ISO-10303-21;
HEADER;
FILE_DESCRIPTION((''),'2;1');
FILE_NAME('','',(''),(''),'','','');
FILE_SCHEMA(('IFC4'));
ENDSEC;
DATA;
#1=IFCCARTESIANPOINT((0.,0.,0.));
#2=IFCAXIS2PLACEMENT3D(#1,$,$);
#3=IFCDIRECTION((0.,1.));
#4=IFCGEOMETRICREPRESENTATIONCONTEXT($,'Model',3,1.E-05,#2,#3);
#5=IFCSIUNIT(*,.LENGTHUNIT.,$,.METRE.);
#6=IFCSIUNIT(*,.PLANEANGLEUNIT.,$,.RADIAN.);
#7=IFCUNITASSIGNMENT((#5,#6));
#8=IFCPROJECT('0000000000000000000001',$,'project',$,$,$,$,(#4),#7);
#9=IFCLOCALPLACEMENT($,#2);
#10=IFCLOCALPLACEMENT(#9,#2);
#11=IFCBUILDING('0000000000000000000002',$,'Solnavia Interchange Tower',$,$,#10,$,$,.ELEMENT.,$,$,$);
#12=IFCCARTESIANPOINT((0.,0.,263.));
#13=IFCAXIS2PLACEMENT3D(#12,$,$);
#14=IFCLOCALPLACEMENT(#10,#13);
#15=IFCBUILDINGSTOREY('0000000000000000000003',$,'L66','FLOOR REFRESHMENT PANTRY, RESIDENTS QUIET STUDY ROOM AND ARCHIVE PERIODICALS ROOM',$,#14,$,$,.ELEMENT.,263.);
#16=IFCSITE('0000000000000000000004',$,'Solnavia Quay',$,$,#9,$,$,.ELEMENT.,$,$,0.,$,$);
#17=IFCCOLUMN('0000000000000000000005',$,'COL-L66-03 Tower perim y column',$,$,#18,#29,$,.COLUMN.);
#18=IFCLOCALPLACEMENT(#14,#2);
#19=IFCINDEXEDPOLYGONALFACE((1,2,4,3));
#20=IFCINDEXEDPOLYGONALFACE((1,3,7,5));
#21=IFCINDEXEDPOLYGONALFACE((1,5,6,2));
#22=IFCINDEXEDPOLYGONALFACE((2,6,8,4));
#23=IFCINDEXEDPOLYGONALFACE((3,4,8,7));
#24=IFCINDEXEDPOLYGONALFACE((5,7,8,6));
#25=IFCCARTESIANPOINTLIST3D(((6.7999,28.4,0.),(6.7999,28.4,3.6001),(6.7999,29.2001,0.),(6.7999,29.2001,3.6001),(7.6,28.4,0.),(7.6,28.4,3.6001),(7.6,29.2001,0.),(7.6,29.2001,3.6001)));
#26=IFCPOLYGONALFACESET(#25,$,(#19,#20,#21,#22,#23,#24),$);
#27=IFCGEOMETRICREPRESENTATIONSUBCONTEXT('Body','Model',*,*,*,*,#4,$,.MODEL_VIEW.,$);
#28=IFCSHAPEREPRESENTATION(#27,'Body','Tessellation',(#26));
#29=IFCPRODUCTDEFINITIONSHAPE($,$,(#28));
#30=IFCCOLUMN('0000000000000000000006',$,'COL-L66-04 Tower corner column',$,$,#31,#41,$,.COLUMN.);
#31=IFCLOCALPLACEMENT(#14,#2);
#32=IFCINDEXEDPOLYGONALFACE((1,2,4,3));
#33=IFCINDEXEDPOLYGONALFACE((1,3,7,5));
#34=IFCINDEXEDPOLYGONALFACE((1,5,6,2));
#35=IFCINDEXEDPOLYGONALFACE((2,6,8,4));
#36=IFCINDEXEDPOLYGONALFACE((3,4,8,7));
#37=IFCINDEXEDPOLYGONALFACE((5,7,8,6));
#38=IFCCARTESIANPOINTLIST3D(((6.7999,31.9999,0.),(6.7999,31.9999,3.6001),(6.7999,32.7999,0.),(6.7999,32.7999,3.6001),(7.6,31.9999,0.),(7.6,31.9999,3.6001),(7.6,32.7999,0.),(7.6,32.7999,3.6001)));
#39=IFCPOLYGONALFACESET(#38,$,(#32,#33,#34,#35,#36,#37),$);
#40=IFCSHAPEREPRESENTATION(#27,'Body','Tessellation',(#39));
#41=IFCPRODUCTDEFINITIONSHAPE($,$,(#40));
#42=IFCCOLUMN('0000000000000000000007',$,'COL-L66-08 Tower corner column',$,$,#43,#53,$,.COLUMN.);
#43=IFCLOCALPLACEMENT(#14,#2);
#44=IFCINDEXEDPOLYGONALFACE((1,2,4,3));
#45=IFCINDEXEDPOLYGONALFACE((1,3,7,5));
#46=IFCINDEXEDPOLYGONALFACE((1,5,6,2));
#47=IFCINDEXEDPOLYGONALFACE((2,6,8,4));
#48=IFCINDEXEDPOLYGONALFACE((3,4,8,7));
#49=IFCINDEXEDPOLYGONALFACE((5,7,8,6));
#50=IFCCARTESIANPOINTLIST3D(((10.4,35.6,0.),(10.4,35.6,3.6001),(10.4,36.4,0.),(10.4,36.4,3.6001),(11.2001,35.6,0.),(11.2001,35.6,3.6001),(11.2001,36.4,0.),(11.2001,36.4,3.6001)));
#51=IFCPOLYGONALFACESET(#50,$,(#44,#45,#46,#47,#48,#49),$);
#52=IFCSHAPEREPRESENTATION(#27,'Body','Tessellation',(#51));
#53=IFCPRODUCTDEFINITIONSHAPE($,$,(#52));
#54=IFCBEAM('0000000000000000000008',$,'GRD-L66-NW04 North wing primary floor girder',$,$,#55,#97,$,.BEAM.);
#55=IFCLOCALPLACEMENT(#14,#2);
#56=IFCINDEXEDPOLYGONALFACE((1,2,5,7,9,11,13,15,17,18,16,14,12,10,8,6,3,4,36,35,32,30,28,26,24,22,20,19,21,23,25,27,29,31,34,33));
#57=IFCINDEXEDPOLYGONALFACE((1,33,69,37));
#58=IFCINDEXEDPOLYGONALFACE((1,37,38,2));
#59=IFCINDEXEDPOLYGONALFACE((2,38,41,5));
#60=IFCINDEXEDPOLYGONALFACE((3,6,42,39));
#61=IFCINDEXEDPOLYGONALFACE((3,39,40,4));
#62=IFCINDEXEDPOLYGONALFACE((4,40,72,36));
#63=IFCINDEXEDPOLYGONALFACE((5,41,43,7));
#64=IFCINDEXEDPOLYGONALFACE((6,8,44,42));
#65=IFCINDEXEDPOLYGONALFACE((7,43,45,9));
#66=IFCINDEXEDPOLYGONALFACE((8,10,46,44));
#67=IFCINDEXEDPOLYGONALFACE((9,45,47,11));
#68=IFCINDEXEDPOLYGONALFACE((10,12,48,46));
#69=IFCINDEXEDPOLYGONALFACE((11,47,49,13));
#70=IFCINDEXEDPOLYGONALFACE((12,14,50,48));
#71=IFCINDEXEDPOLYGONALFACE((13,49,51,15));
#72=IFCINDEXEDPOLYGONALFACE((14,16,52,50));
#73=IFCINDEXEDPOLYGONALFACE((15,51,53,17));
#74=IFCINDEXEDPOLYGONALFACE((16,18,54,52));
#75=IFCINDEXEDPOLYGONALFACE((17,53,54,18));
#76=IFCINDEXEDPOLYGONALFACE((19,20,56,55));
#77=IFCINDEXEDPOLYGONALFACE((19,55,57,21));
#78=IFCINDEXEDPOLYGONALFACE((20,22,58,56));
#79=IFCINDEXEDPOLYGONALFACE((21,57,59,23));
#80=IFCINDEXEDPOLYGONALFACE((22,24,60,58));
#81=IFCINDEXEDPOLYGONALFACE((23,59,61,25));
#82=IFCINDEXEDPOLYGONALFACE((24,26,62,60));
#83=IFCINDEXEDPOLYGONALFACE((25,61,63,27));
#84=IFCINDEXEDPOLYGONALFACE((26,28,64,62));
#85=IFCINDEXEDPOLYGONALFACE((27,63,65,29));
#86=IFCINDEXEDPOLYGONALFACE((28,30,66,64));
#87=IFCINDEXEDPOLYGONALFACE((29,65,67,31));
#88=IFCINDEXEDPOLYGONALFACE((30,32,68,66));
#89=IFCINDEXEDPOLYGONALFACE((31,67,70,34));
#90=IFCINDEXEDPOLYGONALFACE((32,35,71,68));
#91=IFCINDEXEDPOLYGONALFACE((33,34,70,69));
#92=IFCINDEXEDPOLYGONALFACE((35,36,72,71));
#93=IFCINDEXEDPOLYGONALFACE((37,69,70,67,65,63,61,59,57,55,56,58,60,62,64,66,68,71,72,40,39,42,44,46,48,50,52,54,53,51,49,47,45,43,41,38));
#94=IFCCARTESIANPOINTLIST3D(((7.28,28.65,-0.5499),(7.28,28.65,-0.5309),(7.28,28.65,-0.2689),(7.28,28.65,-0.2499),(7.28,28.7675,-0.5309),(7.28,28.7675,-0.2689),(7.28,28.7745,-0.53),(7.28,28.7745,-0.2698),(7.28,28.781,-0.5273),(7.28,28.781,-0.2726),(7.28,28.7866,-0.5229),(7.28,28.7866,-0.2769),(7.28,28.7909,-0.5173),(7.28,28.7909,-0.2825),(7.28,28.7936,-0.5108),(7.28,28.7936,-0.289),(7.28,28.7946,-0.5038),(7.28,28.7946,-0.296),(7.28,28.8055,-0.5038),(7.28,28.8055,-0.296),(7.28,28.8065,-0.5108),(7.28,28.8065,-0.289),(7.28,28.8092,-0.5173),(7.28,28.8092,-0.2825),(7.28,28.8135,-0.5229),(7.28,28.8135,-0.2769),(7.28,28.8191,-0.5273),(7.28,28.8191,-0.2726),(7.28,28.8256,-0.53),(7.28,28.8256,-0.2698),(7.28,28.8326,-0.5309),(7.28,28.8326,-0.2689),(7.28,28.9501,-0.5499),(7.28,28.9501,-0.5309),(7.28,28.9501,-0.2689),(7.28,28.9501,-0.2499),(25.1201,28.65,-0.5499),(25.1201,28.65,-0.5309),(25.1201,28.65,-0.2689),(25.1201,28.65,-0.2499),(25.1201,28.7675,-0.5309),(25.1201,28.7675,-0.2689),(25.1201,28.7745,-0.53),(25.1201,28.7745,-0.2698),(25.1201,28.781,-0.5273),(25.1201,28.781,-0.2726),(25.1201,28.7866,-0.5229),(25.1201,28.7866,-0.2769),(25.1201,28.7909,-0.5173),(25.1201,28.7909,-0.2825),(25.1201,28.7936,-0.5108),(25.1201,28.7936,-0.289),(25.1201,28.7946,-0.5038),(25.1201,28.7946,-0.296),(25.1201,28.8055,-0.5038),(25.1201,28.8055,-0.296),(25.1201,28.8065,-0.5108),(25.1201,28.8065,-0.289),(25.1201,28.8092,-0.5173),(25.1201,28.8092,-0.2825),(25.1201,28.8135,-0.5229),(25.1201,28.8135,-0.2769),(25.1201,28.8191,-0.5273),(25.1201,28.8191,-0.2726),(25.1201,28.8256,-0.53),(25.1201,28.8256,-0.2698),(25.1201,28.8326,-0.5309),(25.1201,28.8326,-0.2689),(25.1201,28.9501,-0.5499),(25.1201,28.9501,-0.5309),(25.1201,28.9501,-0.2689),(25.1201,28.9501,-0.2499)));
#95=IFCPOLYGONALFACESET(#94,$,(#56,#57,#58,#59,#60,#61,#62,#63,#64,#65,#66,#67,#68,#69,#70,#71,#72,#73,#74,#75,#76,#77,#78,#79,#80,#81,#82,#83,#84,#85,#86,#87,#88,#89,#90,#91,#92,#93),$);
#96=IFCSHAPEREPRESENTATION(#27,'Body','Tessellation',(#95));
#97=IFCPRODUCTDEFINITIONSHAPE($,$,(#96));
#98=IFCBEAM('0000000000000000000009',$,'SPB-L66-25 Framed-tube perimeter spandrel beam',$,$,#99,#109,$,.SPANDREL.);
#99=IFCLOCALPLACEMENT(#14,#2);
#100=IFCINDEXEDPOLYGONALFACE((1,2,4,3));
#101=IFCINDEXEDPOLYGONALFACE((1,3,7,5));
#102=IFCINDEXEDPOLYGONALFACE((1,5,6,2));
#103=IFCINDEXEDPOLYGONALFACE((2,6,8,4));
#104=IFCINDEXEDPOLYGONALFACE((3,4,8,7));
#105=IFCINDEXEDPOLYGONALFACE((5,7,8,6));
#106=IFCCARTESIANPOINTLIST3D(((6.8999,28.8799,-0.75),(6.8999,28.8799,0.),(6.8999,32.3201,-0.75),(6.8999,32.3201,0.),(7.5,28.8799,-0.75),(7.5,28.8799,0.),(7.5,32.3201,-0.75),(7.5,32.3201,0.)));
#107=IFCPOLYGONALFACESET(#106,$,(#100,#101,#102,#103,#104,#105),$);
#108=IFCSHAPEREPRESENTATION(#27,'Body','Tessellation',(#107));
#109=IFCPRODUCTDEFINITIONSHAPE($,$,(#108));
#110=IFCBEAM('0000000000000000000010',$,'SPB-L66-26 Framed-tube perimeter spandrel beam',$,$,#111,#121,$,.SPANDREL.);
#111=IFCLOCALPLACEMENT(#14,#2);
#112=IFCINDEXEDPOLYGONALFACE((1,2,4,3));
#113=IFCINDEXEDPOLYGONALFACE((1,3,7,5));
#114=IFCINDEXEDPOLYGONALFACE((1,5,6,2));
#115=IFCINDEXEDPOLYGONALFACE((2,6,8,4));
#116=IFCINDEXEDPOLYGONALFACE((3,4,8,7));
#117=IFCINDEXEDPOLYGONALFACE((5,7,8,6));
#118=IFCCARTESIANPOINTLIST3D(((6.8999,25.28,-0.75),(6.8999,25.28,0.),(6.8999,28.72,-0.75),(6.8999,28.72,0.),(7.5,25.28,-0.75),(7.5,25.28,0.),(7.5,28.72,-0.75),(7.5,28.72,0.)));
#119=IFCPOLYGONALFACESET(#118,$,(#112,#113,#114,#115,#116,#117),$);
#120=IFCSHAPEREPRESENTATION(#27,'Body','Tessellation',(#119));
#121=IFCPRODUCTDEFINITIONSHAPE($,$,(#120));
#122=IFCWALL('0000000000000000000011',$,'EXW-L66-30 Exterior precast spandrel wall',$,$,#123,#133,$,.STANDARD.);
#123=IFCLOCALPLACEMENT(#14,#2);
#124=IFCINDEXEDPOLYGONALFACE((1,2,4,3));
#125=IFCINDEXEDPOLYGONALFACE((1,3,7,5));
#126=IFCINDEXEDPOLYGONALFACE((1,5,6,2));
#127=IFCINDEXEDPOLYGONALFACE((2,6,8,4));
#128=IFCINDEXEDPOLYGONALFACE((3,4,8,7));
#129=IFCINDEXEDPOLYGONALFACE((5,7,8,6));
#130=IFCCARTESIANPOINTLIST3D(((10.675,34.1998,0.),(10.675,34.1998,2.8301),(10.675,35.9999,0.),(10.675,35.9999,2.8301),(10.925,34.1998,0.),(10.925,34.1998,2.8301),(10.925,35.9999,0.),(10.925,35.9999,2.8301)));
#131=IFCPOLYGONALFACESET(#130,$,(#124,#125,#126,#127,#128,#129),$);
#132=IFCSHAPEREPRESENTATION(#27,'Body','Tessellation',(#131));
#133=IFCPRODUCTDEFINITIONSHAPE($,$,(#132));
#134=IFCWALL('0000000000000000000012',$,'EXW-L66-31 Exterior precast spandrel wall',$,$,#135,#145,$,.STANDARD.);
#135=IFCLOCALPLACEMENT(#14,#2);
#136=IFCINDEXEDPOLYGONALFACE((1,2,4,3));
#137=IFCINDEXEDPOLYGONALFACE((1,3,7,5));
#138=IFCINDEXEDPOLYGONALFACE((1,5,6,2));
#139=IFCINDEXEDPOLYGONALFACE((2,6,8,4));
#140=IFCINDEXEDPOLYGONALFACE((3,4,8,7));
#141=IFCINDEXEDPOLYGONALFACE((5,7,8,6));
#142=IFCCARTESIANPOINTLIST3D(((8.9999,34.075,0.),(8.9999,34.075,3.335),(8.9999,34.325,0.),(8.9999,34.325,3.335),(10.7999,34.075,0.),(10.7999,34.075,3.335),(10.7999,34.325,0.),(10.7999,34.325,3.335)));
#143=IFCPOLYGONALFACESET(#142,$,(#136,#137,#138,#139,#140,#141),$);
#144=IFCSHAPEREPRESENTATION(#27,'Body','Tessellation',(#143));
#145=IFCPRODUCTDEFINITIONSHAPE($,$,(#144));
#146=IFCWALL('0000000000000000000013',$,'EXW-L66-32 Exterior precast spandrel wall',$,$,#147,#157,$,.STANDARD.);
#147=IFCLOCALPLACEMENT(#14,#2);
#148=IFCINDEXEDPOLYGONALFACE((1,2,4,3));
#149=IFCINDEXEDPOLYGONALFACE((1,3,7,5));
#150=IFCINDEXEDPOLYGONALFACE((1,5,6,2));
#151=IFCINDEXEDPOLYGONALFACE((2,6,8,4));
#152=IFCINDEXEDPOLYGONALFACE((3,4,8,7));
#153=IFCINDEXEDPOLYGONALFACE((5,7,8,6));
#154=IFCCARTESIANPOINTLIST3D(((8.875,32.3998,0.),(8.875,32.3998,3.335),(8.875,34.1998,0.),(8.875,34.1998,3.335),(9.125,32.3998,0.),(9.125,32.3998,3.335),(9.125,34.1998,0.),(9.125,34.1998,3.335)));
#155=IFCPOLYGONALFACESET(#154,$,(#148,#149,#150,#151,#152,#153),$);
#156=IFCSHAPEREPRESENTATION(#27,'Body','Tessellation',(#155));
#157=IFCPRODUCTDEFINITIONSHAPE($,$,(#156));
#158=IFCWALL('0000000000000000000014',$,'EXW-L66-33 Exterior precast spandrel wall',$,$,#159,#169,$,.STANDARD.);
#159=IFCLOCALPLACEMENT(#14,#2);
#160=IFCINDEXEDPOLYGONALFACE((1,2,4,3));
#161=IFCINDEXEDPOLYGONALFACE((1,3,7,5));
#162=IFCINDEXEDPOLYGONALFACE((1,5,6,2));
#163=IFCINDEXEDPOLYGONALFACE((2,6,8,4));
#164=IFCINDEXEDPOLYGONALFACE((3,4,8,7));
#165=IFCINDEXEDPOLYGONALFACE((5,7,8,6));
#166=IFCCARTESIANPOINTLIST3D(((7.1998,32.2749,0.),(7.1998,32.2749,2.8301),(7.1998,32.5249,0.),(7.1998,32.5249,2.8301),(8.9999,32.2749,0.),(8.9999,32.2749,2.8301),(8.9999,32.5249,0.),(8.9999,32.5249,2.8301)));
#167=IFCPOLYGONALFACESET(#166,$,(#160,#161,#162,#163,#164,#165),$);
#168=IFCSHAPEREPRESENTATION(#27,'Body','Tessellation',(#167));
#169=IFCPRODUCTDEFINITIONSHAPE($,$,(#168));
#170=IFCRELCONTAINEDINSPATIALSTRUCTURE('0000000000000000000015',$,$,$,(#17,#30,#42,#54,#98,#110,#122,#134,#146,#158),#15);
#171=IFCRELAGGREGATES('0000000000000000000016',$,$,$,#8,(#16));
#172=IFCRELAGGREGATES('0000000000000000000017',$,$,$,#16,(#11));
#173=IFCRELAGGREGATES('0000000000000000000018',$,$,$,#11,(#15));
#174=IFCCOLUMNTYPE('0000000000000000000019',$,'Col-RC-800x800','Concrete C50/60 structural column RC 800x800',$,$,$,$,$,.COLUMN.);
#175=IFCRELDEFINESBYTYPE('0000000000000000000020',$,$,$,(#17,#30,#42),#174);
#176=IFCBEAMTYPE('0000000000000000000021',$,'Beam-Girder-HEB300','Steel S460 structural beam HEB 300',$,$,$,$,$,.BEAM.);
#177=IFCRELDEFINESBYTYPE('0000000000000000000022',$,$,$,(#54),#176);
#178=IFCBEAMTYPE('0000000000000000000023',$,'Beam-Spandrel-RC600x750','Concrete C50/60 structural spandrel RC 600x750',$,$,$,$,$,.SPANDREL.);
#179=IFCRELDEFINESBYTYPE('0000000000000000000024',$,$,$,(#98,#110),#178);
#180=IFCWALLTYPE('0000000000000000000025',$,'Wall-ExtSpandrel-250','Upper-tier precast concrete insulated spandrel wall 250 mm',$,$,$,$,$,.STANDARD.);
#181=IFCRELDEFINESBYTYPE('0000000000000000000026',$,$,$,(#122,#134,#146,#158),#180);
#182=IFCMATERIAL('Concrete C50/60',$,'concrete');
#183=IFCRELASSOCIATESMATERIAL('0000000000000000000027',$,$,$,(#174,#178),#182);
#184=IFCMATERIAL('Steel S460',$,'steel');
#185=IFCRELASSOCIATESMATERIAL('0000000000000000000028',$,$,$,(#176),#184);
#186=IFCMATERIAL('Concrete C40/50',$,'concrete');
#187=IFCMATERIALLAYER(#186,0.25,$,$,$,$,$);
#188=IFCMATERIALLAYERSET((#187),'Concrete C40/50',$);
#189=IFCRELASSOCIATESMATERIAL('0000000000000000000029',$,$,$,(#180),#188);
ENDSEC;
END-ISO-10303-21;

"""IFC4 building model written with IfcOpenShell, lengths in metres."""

from ifc_helpers import new_model, si_unit, direction, frame, frame_2d, origin, origin_2d, place, context, subcontext, project, spatial, rectangle, i_section, extrude, material, layer, layer_set, material_profile, profile_set, type_object, element, save


model = new_model("IFC4")

# Units and contexts
model_context = context("Model", 3, precision=1e-05, world=origin(), true_north=direction((0.0, 1.0)))
body_context = subcontext(model_context, "Body", "Model", "MODEL_VIEW")
ifc_project = project(units=[si_unit("LENGTHUNIT", "METRE"), si_unit("PLANEANGLEUNIT", "RADIAN")], contexts=[model_context])

# Site, building, storey
site_placement = place(None, origin())
site = spatial("IfcSite", under=ifc_project, at=site_placement, Name="Solnavia Quay", CompositionType="ELEMENT", RefElevation=0.0)
building_placement = place(site_placement, origin())
building = spatial("IfcBuilding", under=site, at=building_placement, Name="Solnavia Interchange Tower", CompositionType="ELEMENT")
storey_placement = place(building_placement, frame((0.0, 0.0, 263.0)))
storey = spatial("IfcBuildingStorey", under=building, at=storey_placement, Name="L66", Description="FLOOR REFRESHMENT PANTRY, RESIDENTS QUIET STUDY ROOM AND ARCHIVE PERIODICALS ROOM", CompositionType="ELEMENT", Elevation=263.0)

# Columns
ifc_material_1 = material(Name="Concrete C50/60", Category="concrete")
ifc_material_profile_1 = material_profile(ifc_material_1, rectangle(XDim=0.8, YDim=0.8, at=origin_2d()), Name="RC 800x800")
ifc_profile_set_1 = profile_set([ifc_material_profile_1], Name="Concrete C50/60")
column_type = type_object("IfcColumnType", Name="Col-RC-800x800", Description="Concrete C50/60 structural column RC 800x800", PredefinedType="COLUMN", material=ifc_profile_set_1)
for number, where, z_axis, x_axis, name in (
    (1, (7.2, 28.8, 0.0), (0.0, 0.0, 1.0), (0.0, 1.0, 0.0), "COL-L66-03 Tower perim y column"),
    (2, (7.2, 32.3999, 0.0), (0.0, 0.0, 1.0), (0.0, 1.0, 0.0), "COL-L66-04 Tower corner column"),
    (3, (10.8, 36.0, 0.0), (0.0, 0.0, 1.0), (1.0, 0.0, 0.0), "COL-L66-08 Tower corner column"),
):
    element("IfcColumn", number, at=place(storey_placement, frame(where, z_axis=z_axis, x_axis=x_axis)), inside=storey, type_object=column_type, Name=name, PredefinedType="COLUMN", context=body_context, shape_type="SweptSolid", body=[
        extrude(rectangle(XDim=0.8, YDim=0.8, at=origin_2d()), origin(), (0.0, 0.0, 1.0), 3.6001),
    ])

# Beams
ifc_material_2 = material(Name="Steel S460", Category="steel")
ifc_material_profile_2 = material_profile(ifc_material_2, i_section(OverallWidth=0.3, OverallDepth=0.3, WebThickness=0.011, FlangeThickness=0.019, FilletRadius=0.0271, at=origin_2d()), Name="HEB 300")
ifc_profile_set_2 = profile_set([ifc_material_profile_2], Name="Steel S460")
beam_type_1 = type_object("IfcBeamType", Name="Beam-Girder-HEB300", Description="Steel S460 structural beam HEB 300", PredefinedType="BEAM", material=ifc_profile_set_2)
beam_1_placement = place(storey_placement, frame((7.28, 28.8, -0.3999), z_axis=(1.0, 0.0, 0.0), x_axis=(0.0, 1.0, 0.0)))
element("IfcBeam", 4, at=beam_1_placement, inside=storey, type_object=beam_type_1, Name="GRD-L66-NW04 North wing primary floor girder", PredefinedType="BEAM", context=body_context, shape_type="SweptSolid", body=[
    extrude(i_section(OverallWidth=0.3, OverallDepth=0.3, WebThickness=0.011, FlangeThickness=0.019, FilletRadius=0.0271, at=origin_2d()), origin(), (0.0, 0.0, 1.0), 17.8401),
])
ifc_material_profile_3 = material_profile(ifc_material_1, rectangle(XDim=0.6001, YDim=0.75, at=origin_2d()), Name="RC 600x750")
ifc_profile_set_3 = profile_set([ifc_material_profile_3], Name="Concrete C50/60")
beam_type_2 = type_object("IfcBeamType", Name="Beam-Spandrel-RC600x750", Description="Concrete C50/60 structural spandrel RC 600x750", PredefinedType="SPANDREL", material=ifc_profile_set_3)
beam_2_placement = place(storey_placement, frame((7.2, 32.3201, -0.375), z_axis=(0.0, -1.0, 0.0), x_axis=(1.0, 0.0, 0.0)))
element("IfcBeam", 5, at=beam_2_placement, inside=storey, type_object=beam_type_2, Name="SPB-L66-25 Framed-tube perimeter spandrel beam", PredefinedType="SPANDREL", context=body_context, shape_type="SweptSolid", body=[
    extrude(rectangle(XDim=0.6001, YDim=0.75, at=origin_2d()), origin(), (0.0, 0.0, 1.0), 3.4402),
])
beam_3_placement = place(storey_placement, frame((7.2, 28.72, -0.375), z_axis=(0.0, -1.0, 0.0), x_axis=(1.0, 0.0, 0.0)))
element("IfcBeam", 6, at=beam_3_placement, inside=storey, type_object=beam_type_2, Name="SPB-L66-26 Framed-tube perimeter spandrel beam", PredefinedType="SPANDREL", context=body_context, shape_type="SweptSolid", body=[
    extrude(rectangle(XDim=0.6001, YDim=0.75, at=origin_2d()), origin(), (0.0, 0.0, 1.0), 3.4399),
])

# Walls
ifc_material_3 = material(Name="Concrete C40/50", Category="concrete")
ifc_layer_1 = layer(ifc_material_3, 0.25)
ifc_layer_set_1 = layer_set([ifc_layer_1], Name="Concrete C40/50")
wall_type_1 = type_object("IfcWallType", Name="Wall-ExtSpandrel-250", Description="Upper-tier precast concrete insulated spandrel wall 250 mm", PredefinedType="STANDARD", material=ifc_layer_set_1)
wall_1_placement = place(storey_placement, frame((10.8, 34.2, 0.0), z_axis=(0.0, 0.0, 1.0), x_axis=(0.0, 1.0, 0.0)))
element("IfcWall", 7, at=wall_1_placement, inside=storey, type_object=wall_type_1, Name="EXW-L66-30 Exterior precast spandrel wall", PredefinedType="STANDARD", context=body_context, shape_type="SweptSolid", body=[
    extrude(rectangle(XDim=1.8, YDim=0.25, at=frame_2d((0.8999, 0.0))), origin(), (0.0, 0.0, 1.0), 2.8301),
])
for number, where, z_axis, x_axis, name in (
    (8, (9.0, 34.2, 0.0), (0.0, 0.0, 1.0), (1.0, 0.0, 0.0), "EXW-L66-31 Exterior precast spandrel wall"),
    (9, (9.0, 32.3999, 0.0), (0.0, 0.0, 1.0), (0.0, 1.0, 0.0), "EXW-L66-32 Exterior precast spandrel wall"),
):
    element("IfcWall", number, at=place(storey_placement, frame(where, z_axis=z_axis, x_axis=x_axis)), inside=storey, type_object=wall_type_1, Name=name, PredefinedType="STANDARD", context=body_context, shape_type="SweptSolid", body=[
        extrude(rectangle(XDim=1.8, YDim=0.25, at=frame_2d((0.8999, 0.0))), origin(), (0.0, 0.0, 1.0), 3.335),
    ])
wall_2_placement = place(storey_placement, frame((7.2, 32.3999, 0.0), z_axis=(0.0, 0.0, 1.0), x_axis=(1.0, 0.0, 0.0)))
element("IfcWall", 10, at=wall_2_placement, inside=storey, type_object=wall_type_1, Name="EXW-L66-33 Exterior precast spandrel wall", PredefinedType="STANDARD", context=body_context, shape_type="SweptSolid", body=[
    extrude(rectangle(XDim=1.8, YDim=0.25, at=frame_2d((0.8999, 0.0))), origin(), (0.0, 0.0, 1.0), 2.8301),
])

save(model, "model.ifc")
